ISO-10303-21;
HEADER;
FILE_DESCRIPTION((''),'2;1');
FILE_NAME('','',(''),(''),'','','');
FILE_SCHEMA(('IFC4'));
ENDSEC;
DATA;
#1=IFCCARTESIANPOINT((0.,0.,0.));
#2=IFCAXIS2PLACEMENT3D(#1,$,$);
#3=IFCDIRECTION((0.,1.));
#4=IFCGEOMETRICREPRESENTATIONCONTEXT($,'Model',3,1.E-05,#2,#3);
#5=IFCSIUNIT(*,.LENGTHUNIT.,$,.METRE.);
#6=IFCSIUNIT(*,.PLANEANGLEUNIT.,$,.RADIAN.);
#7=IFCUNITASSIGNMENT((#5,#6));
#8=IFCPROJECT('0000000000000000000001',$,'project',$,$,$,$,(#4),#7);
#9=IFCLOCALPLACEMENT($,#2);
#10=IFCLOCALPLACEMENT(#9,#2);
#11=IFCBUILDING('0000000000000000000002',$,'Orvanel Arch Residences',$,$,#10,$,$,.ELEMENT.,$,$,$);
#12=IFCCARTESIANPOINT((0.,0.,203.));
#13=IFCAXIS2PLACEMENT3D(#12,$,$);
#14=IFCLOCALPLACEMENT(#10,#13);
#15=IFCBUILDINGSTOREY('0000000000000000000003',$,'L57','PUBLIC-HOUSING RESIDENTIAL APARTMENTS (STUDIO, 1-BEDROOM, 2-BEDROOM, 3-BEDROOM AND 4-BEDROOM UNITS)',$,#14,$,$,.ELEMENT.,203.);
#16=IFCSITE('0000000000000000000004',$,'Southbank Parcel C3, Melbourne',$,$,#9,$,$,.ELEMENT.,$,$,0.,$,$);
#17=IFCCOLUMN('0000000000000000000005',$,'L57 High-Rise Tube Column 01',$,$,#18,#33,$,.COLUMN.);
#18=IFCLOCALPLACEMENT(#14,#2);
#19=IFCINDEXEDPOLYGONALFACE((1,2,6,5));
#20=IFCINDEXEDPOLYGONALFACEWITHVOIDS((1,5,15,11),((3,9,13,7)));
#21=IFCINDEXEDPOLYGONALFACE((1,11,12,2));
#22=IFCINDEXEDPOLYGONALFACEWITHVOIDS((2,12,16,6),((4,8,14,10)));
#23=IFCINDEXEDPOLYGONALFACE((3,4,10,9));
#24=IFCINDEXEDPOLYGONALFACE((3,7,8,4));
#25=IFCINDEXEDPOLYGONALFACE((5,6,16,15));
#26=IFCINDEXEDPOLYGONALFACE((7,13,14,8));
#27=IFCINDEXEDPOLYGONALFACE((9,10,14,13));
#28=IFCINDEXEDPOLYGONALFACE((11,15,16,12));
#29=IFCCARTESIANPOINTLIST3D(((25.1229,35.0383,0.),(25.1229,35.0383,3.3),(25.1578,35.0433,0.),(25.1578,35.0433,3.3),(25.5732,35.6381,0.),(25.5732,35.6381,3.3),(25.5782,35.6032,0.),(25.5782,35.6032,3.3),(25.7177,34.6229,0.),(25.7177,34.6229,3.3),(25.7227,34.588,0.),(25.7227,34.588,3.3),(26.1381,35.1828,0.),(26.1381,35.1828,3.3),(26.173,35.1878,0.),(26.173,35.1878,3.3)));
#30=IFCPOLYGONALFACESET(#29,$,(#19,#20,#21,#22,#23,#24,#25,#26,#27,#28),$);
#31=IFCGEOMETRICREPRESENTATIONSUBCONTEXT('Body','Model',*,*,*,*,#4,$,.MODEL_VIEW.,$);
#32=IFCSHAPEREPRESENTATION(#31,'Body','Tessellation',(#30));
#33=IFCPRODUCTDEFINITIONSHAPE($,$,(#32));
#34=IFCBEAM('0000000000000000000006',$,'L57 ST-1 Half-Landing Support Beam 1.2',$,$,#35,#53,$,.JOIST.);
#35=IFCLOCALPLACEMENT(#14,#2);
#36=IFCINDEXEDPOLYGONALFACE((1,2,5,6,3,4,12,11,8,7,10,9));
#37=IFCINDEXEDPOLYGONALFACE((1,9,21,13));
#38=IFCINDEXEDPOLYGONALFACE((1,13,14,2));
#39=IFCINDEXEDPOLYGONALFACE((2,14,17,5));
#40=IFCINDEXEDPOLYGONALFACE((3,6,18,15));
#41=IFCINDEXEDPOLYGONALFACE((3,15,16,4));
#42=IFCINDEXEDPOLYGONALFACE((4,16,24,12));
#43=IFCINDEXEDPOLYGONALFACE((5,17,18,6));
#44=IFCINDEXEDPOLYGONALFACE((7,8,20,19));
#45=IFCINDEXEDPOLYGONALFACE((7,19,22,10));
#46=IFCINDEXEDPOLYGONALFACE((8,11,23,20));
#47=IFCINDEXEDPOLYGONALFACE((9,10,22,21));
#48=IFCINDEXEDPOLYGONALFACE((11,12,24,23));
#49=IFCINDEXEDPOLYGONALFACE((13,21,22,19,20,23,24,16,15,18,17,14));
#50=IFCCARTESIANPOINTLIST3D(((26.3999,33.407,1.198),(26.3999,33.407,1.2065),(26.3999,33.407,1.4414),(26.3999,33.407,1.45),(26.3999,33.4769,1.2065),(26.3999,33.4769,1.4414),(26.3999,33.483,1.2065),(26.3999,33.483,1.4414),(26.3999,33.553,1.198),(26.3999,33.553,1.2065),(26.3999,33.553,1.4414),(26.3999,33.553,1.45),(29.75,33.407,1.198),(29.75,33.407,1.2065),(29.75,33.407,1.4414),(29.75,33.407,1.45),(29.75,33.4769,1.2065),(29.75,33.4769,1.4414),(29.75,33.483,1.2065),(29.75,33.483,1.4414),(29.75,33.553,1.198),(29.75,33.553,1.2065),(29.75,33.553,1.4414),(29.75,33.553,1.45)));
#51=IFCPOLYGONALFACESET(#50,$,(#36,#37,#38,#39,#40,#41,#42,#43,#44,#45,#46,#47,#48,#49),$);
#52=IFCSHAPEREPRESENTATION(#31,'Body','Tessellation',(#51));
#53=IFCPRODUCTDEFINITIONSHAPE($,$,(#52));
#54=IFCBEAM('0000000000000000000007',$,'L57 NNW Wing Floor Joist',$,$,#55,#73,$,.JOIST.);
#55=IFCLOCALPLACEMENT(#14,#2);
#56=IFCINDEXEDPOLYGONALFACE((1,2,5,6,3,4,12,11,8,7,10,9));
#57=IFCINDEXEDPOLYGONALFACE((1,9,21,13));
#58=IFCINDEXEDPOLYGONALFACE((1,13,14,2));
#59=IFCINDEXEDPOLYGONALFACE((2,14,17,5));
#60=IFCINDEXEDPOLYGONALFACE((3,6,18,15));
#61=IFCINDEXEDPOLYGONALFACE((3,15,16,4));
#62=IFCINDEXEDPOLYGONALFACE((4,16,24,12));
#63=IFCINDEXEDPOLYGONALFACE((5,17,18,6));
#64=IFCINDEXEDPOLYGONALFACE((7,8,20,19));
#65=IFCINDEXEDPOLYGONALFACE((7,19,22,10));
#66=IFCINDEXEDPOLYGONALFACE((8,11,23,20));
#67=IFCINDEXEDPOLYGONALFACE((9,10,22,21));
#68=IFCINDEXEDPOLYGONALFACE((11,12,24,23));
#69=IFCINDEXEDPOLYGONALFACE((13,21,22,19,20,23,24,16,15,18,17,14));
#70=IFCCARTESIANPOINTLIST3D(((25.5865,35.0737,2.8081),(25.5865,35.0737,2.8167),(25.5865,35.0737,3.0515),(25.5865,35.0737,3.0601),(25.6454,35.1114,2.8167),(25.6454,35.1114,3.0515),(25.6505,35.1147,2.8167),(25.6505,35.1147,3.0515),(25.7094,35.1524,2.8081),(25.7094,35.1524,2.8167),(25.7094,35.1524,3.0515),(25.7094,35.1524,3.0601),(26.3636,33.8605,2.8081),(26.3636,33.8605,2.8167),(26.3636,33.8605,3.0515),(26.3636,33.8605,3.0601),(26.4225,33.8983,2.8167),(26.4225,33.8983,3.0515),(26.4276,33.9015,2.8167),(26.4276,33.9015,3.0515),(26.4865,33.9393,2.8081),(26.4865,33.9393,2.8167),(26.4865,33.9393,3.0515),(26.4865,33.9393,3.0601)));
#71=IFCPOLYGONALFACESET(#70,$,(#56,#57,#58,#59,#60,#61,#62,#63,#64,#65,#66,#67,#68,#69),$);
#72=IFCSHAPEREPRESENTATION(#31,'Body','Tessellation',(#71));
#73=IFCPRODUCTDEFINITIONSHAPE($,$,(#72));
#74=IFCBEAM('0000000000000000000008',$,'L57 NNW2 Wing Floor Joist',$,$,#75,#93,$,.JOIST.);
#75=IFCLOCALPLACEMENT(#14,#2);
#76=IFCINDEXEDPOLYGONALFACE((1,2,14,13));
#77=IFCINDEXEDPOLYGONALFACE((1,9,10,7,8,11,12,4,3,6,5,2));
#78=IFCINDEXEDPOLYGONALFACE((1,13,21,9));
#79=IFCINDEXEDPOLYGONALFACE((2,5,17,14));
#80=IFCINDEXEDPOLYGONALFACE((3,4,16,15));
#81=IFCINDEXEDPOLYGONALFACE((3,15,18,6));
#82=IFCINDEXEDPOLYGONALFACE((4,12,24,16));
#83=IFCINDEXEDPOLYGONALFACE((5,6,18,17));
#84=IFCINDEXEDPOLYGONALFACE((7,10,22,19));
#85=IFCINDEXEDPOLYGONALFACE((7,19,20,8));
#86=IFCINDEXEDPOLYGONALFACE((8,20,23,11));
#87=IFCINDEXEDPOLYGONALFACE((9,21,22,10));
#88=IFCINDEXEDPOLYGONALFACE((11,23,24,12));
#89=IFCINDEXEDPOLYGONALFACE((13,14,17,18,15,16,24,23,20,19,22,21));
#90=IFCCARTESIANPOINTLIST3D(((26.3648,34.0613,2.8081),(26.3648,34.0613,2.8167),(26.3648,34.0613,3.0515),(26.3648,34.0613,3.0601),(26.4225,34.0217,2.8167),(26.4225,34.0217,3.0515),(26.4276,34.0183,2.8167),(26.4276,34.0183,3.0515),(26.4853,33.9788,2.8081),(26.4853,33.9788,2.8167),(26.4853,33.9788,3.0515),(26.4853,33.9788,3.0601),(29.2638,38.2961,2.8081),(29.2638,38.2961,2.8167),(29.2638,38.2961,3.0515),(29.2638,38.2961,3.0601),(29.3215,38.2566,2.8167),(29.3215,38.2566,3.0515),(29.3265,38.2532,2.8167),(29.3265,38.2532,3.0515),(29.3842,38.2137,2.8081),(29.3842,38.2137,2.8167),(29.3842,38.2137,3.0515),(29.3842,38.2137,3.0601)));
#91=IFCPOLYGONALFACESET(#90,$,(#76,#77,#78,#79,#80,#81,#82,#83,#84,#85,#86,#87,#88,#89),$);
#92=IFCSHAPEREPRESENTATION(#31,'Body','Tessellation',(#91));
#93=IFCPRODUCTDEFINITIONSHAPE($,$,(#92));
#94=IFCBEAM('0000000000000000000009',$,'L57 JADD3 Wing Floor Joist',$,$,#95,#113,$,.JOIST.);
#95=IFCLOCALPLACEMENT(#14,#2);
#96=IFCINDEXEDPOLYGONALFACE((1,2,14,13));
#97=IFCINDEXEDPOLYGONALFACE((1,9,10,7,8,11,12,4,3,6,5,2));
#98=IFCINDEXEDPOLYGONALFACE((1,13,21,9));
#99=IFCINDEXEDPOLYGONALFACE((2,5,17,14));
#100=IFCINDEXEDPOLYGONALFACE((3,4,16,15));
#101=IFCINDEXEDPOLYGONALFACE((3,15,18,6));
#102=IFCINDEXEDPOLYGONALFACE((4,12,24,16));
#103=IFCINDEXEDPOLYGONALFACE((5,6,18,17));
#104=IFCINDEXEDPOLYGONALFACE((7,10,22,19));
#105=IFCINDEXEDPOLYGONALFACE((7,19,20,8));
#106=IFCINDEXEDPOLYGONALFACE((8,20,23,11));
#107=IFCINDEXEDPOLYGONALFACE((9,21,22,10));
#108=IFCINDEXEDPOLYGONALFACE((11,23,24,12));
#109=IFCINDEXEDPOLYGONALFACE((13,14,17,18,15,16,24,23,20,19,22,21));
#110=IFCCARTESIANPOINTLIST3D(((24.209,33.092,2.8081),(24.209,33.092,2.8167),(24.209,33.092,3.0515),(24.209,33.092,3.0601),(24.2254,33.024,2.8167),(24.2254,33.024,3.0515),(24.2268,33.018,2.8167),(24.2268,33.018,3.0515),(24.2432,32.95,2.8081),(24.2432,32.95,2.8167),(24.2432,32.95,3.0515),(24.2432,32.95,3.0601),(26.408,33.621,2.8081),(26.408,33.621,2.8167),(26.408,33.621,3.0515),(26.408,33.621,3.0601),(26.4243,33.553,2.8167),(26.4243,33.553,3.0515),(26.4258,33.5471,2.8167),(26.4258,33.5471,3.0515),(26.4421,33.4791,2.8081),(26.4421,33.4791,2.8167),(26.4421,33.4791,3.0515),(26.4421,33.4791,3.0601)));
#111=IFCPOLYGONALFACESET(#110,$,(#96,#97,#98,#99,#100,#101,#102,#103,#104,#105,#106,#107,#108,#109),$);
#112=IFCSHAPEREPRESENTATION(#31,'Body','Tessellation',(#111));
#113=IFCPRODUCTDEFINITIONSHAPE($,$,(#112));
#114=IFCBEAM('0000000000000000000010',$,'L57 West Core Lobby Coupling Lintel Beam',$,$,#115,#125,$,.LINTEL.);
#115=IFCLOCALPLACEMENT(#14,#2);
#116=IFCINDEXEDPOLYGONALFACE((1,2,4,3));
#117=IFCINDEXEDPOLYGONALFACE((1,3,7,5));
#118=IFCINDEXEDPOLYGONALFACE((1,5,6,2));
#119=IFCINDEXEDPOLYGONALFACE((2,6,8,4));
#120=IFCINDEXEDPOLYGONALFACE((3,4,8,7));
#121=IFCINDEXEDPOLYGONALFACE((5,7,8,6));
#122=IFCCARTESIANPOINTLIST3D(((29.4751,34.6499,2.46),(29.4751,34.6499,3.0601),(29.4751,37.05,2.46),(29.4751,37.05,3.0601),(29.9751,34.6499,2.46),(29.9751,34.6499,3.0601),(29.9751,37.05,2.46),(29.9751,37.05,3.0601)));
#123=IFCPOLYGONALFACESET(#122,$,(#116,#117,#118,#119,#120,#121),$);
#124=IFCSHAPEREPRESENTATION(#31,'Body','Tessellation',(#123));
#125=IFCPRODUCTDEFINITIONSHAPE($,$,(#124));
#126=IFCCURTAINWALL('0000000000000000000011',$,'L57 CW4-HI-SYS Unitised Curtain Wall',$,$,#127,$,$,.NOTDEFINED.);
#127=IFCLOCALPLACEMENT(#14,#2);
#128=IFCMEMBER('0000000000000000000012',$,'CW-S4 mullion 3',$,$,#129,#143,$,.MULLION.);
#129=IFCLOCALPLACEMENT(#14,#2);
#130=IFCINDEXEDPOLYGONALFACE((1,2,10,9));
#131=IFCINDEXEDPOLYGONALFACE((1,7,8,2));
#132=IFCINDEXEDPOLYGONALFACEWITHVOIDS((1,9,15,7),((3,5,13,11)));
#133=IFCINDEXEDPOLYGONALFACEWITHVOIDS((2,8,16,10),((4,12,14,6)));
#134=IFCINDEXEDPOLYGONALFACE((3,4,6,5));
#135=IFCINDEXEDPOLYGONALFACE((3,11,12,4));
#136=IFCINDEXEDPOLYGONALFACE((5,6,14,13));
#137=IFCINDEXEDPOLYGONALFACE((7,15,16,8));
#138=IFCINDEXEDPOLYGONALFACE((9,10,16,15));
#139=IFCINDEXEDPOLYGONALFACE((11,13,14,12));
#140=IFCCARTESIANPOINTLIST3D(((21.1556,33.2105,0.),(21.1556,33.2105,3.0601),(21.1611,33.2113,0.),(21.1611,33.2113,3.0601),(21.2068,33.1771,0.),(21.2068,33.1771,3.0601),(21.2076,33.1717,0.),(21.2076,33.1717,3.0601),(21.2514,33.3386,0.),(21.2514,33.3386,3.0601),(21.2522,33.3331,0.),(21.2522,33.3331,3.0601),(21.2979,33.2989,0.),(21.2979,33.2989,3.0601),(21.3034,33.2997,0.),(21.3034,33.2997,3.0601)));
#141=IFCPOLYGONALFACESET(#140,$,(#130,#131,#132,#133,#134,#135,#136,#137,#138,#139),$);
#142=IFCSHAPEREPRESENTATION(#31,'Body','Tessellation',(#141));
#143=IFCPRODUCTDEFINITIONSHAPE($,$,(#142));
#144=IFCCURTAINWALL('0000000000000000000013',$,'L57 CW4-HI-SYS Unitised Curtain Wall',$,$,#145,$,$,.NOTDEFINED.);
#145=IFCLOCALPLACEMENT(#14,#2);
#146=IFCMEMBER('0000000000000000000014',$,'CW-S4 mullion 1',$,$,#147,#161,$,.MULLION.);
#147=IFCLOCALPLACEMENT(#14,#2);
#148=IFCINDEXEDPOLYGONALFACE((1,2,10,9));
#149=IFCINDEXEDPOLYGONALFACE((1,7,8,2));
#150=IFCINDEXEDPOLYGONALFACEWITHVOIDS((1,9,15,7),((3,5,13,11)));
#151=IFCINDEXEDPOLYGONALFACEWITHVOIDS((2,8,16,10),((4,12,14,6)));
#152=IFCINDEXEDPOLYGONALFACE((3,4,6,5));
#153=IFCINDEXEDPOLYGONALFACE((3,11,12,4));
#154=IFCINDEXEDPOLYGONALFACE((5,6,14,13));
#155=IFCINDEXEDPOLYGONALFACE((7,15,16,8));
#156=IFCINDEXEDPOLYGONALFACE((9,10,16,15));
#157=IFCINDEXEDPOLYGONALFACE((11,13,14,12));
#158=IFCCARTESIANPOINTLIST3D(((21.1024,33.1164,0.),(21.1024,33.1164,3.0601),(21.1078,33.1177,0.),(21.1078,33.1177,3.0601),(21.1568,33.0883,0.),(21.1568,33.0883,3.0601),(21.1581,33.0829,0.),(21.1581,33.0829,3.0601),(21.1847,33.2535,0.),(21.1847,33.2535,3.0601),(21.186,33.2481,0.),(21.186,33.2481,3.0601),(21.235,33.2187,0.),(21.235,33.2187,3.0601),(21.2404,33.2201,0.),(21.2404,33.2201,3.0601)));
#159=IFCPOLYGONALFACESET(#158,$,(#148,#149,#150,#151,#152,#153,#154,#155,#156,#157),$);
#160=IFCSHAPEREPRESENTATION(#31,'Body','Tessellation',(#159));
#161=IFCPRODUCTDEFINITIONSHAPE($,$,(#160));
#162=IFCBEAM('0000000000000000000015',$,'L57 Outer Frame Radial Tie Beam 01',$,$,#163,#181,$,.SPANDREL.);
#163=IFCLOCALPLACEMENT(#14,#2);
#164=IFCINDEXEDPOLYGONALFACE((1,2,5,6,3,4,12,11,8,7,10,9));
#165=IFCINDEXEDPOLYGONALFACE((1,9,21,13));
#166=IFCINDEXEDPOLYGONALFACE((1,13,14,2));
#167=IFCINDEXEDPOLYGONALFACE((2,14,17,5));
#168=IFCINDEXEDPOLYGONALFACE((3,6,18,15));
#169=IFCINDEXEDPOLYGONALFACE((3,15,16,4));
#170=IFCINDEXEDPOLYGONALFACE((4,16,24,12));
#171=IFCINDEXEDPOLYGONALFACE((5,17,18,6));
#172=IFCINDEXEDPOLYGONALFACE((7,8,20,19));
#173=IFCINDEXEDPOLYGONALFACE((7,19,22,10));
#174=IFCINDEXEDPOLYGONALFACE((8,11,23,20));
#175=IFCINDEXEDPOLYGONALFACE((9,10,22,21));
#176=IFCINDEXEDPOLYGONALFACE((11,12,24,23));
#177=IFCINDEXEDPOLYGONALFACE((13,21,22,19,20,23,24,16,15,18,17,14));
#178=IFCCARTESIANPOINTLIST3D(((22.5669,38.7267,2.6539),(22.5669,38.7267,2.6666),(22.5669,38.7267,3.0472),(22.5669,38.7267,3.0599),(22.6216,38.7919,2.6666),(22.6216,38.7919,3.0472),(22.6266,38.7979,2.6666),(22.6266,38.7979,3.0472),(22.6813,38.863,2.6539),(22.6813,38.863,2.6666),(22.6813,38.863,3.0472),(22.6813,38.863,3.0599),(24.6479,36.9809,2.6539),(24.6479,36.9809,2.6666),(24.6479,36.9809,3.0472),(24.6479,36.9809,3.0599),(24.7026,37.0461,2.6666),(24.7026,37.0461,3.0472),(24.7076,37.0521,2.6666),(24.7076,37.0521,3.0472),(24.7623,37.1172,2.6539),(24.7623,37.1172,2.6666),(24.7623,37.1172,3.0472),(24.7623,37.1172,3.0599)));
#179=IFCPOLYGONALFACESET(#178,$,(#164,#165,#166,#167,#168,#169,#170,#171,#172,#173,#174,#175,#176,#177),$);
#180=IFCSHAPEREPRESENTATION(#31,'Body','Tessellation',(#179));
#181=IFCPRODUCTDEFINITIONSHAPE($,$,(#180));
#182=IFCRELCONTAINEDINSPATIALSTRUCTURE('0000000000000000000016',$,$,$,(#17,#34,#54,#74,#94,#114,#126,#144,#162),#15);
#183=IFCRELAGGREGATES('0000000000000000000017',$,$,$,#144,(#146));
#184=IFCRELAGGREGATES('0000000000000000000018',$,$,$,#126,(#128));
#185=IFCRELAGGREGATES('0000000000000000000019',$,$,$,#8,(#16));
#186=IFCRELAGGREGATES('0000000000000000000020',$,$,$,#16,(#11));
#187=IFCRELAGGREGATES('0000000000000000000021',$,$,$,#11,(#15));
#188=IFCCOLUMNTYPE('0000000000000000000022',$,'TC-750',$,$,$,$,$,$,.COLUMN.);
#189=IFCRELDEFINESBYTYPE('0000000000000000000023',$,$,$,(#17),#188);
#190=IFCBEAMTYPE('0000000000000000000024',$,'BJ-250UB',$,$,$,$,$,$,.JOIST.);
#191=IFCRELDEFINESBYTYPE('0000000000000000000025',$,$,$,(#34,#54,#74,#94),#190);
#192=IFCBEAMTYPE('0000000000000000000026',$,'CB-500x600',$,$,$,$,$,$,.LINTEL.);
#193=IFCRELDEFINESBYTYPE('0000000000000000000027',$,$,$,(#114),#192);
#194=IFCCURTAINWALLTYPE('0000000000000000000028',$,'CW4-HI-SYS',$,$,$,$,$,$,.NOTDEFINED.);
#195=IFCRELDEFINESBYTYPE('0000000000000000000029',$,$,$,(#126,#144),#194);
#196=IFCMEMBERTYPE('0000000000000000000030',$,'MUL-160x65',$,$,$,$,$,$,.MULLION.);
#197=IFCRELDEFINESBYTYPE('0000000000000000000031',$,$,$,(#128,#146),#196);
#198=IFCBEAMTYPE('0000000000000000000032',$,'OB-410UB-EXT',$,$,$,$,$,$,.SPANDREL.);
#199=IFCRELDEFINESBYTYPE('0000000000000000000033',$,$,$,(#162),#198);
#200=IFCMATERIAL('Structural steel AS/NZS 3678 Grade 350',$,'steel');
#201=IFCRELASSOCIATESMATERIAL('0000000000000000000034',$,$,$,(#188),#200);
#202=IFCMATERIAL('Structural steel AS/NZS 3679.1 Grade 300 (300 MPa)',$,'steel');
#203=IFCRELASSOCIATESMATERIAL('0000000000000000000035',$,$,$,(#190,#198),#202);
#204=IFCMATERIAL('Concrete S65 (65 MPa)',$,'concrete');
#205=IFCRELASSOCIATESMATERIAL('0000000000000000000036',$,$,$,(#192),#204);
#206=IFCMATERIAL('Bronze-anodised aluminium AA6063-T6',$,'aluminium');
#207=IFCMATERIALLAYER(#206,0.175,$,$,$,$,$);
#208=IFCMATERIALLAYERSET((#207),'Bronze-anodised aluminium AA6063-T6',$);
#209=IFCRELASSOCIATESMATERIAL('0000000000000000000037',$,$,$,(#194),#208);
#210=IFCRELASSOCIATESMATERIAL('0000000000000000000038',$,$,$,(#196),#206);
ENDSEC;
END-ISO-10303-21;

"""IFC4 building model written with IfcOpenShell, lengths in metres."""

from ifc_helpers import new_model, si_unit, direction, frame, origin, origin_2d, place, context, subcontext, project, spatial, rectangle, hollow_rectangle, i_section, extrude, material, layer, layer_set, material_profile, profile_set, type_object, element, aggregate, save


model = new_model("IFC4")

# Units and contexts
model_context = context("Model", 3, precision=1e-05, world=origin(), true_north=direction((0.0, 1.0)))
body_context = subcontext(model_context, "Body", "Model", "MODEL_VIEW")
ifc_project = project(units=[si_unit("LENGTHUNIT", "METRE"), si_unit("PLANEANGLEUNIT", "RADIAN")], contexts=[model_context])

# Site, building, storey
site_placement = place(None, origin())
site = spatial("IfcSite", under=ifc_project, at=site_placement, Name="Southbank Parcel C3, Melbourne", CompositionType="ELEMENT", RefElevation=0.0)
building_placement = place(site_placement, origin())
building = spatial("IfcBuilding", under=site, at=building_placement, Name="Orvanel Arch Residences", CompositionType="ELEMENT")
storey_placement = place(building_placement, frame((0.0, 0.0, 203.0)))
storey = spatial("IfcBuildingStorey", under=building, at=storey_placement, Name="L57", Description="PUBLIC-HOUSING RESIDENTIAL APARTMENTS (STUDIO, 1-BEDROOM, 2-BEDROOM, 3-BEDROOM AND 4-BEDROOM UNITS)", CompositionType="ELEMENT", Elevation=203.0)

# Column
ifc_material_1 = material(Name="Structural steel AS/NZS 3678 Grade 350", Category="steel")
ifc_material_profile_1 = material_profile(ifc_material_1, hollow_rectangle(XDim=0.75, YDim=0.75, WallThickness=0.0249, at=origin_2d()), Name="BOX750x750x25")
ifc_profile_set_1 = profile_set([ifc_material_profile_1], Name="Structural steel AS/NZS 3678 Grade 350")
column_type = type_object("IfcColumnType", Name="TC-750", PredefinedType="COLUMN", material=ifc_profile_set_1)
column_placement = place(storey_placement, frame((25.6479, 35.113, 0.0), z_axis=(0.0, 0.0, 1.0), x_axis=(0.60042, 0.799685, 0.0)))
element("IfcColumn", 1, at=column_placement, inside=storey, type_object=column_type, Name="L57 High-Rise Tube Column 01", PredefinedType="COLUMN", context=body_context, shape_type="SweptSolid", body=[
    extrude(hollow_rectangle(XDim=0.75, YDim=0.75, WallThickness=0.0249, at=origin_2d()), origin(), (0.0, 0.0, 1.0), 3.3),
])

# Beams
ifc_material_2 = material(Name="Structural steel AS/NZS 3679.1 Grade 300 (300 MPa)", Category="steel")
ifc_material_profile_2 = material_profile(ifc_material_2, i_section(OverallWidth=0.146, OverallDepth=0.252, WebThickness=0.0061, FlangeThickness=0.0085, at=origin_2d()), Name="250UB31.4")
ifc_profile_set_2 = profile_set([ifc_material_profile_2], Name="Structural steel AS/NZS 3679.1 Grade 300 (300 MPa)")
beam_type_1 = type_object("IfcBeamType", Name="BJ-250UB", PredefinedType="JOIST", material=ifc_profile_set_2)
beam_1_placement = place(storey_placement, frame((26.3999, 33.48, 1.324), z_axis=(1.0, 0.0, 0.0), x_axis=(0.0, 1.0, 0.0)))
element("IfcBeam", 2, at=beam_1_placement, inside=storey, type_object=beam_type_1, Name="L57 ST-1 Half-Landing Support Beam 1.2", PredefinedType="JOIST", context=body_context, shape_type="SweptSolid", body=[
    extrude(i_section(OverallWidth=0.146, OverallDepth=0.252, WebThickness=0.0061, FlangeThickness=0.0085, at=origin_2d()), origin(), (0.0, 0.0, 1.0), 3.3501),
])
beam_2_placement = place(storey_placement, frame((26.425, 33.8999, 2.9341), z_axis=(-0.539395, 0.842053, 0.0), x_axis=(-0.842053, -0.539395, 0.0)))
element("IfcBeam", 3, at=beam_2_placement, inside=storey, type_object=beam_type_1, Name="L57 NNW Wing Floor Joist", PredefinedType="JOIST", context=body_context, shape_type="SweptSolid", body=[
    extrude(i_section(OverallWidth=0.146, OverallDepth=0.252, WebThickness=0.0061, FlangeThickness=0.0085, at=origin_2d()), origin(), (0.0, 0.0, 1.0), 1.4407),
])
beam_3_placement = place(storey_placement, frame((26.425, 34.02, 2.9341), z_axis=(0.564868, 0.825181, 0.0), x_axis=(-0.825181, 0.564868, 0.0)))
element("IfcBeam", 4, at=beam_3_placement, inside=storey, type_object=beam_type_1, Name="L57 NNW2 Wing Floor Joist", PredefinedType="JOIST", context=body_context, shape_type="SweptSolid", body=[
    extrude(i_section(OverallWidth=0.146, OverallDepth=0.252, WebThickness=0.0061, FlangeThickness=0.0085, at=origin_2d()), origin(), (0.0, 0.0, 1.0), 5.1321),
])
beam_4_placement = place(storey_placement, frame((26.425, 33.55, 2.9341), z_axis=(-0.972257, -0.233916, 0.0), x_axis=(0.233916, -0.972257, 0.0)))
element("IfcBeam", 5, at=beam_4_placement, inside=storey, type_object=beam_type_1, Name="L57 JADD3 Wing Floor Joist", PredefinedType="JOIST", context=body_context, shape_type="SweptSolid", body=[
    extrude(i_section(OverallWidth=0.146, OverallDepth=0.252, WebThickness=0.0061, FlangeThickness=0.0085, at=origin_2d()), origin(), (0.0, 0.0, 1.0), 2.2617),
])
ifc_material_3 = material(Name="Concrete S65 (65 MPa)", Category="concrete")
ifc_material_profile_3 = material_profile(ifc_material_3, rectangle(XDim=0.5, YDim=0.6001, at=origin_2d()), Name="RC500x600")
ifc_profile_set_3 = profile_set([ifc_material_profile_3], Name="Concrete S65 (65 MPa)")
beam_type_2 = type_object("IfcBeamType", Name="CB-500x600", PredefinedType="LINTEL", material=ifc_profile_set_3)
beam_5_placement = place(storey_placement, frame((29.7251, 34.6499, 2.76), z_axis=(0.0, 1.0, 0.0), x_axis=(-1.0, 0.0, 0.0)))
element("IfcBeam", 6, at=beam_5_placement, inside=storey, type_object=beam_type_2, Name="L57 West Core Lobby Coupling Lintel Beam", PredefinedType="LINTEL", context=body_context, shape_type="SweptSolid", body=[
    extrude(rectangle(XDim=0.5, YDim=0.6001, at=origin_2d()), origin(), (0.0, 0.0, 1.0), 2.4001),
])

# Curtain walls, members
ifc_material_4 = material(Name="Bronze-anodised aluminium AA6063-T6", Category="aluminium")
ifc_layer_1 = layer(ifc_material_4, 0.175)
ifc_layer_set_1 = layer_set([ifc_layer_1], Name="Bronze-anodised aluminium AA6063-T6")
curtain_wall_type = type_object("IfcCurtainWallType", Name="CW4-HI-SYS", PredefinedType="NOTDEFINED", material=ifc_layer_set_1)
curtain_wall_1_placement = place(storey_placement, origin())
curtain_wall_1 = element("IfcCurtainWall", 7, at=curtain_wall_1_placement, inside=storey, type_object=curtain_wall_type, Name="L57 CW4-HI-SYS Unitised Curtain Wall", PredefinedType="NOTDEFINED")
ifc_material_profile_4 = material_profile(ifc_material_4, hollow_rectangle(XDim=0.0649, YDim=0.1599, WallThickness=0.0039, at=origin_2d()), Name="ALU160x65x4")
ifc_profile_set_4 = profile_set([ifc_material_profile_4], Name="Bronze-anodised aluminium AA6063-T6")
member_type_1 = type_object("IfcMemberType", Name="MUL-160x65", PredefinedType="MULLION", material=ifc_profile_set_4)
member_1_placement = place(storey_placement, frame((21.2295, 33.2551, 0.0), z_axis=(0.0, 0.0, 1.0), x_axis=(0.800791, -0.598944, 0.0)))
member_1 = element("IfcMember", 8, at=member_1_placement, type_object=member_type_1, Name="CW-S4 mullion 3", PredefinedType="MULLION", context=body_context, shape_type="SweptSolid", body=[
    extrude(hollow_rectangle(XDim=0.0649, YDim=0.1599, WallThickness=0.0039, at=origin_2d()), origin(), (0.0, 0.0, 1.0), 3.0601),
])
curtain_wall_2_placement = place(storey_placement, origin())
curtain_wall_2 = element("IfcCurtainWall", 9, at=curtain_wall_2_placement, inside=storey, type_object=curtain_wall_type, Name="L57 CW4-HI-SYS Unitised Curtain Wall", PredefinedType="NOTDEFINED")
member_2_placement = place(storey_placement, frame((21.1714, 33.1682, 0.0), z_axis=(0.0, 0.0, 1.0), x_axis=(0.857493, -0.514496, 0.0)))
member_2 = element("IfcMember", 10, at=member_2_placement, type_object=member_type_1, Name="CW-S4 mullion 1", PredefinedType="MULLION", context=body_context, shape_type="SweptSolid", body=[
    extrude(hollow_rectangle(XDim=0.0649, YDim=0.1599, WallThickness=0.0039, at=origin_2d()), origin(), (0.0, 0.0, 1.0), 3.0601),
])
aggregate(curtain_wall_2, [member_2])

# Beam
ifc_material_profile_5 = material_profile(ifc_material_2, i_section(OverallWidth=0.178, OverallDepth=0.406, WebThickness=0.0078, FlangeThickness=0.0127, at=origin_2d()), Name="410UB59.7")
ifc_profile_set_5 = profile_set([ifc_material_profile_5], Name="Structural steel AS/NZS 3679.1 Grade 300 (300 MPa)")
beam_type_3 = type_object("IfcBeamType", Name="OB-410UB-EXT", PredefinedType="SPANDREL", material=ifc_profile_set_5)
beam_6_placement = place(storey_placement, frame((24.7051, 37.0491, 2.8569), z_axis=(-0.76611, 0.642709, 0.0), x_axis=(-0.642709, -0.76611, 0.0)))
element("IfcBeam", 11, at=beam_6_placement, inside=storey, type_object=beam_type_3, Name="L57 Outer Frame Radial Tie Beam 01", PredefinedType="SPANDREL", context=body_context, shape_type="SweptSolid", body=[
    extrude(i_section(OverallWidth=0.178, OverallDepth=0.406, WebThickness=0.0078, FlangeThickness=0.0127, at=origin_2d()), origin(), (0.0, 0.0, 1.0), 2.7163),
])

aggregate(curtain_wall_1, [member_1])

save(model, "model.ifc")
